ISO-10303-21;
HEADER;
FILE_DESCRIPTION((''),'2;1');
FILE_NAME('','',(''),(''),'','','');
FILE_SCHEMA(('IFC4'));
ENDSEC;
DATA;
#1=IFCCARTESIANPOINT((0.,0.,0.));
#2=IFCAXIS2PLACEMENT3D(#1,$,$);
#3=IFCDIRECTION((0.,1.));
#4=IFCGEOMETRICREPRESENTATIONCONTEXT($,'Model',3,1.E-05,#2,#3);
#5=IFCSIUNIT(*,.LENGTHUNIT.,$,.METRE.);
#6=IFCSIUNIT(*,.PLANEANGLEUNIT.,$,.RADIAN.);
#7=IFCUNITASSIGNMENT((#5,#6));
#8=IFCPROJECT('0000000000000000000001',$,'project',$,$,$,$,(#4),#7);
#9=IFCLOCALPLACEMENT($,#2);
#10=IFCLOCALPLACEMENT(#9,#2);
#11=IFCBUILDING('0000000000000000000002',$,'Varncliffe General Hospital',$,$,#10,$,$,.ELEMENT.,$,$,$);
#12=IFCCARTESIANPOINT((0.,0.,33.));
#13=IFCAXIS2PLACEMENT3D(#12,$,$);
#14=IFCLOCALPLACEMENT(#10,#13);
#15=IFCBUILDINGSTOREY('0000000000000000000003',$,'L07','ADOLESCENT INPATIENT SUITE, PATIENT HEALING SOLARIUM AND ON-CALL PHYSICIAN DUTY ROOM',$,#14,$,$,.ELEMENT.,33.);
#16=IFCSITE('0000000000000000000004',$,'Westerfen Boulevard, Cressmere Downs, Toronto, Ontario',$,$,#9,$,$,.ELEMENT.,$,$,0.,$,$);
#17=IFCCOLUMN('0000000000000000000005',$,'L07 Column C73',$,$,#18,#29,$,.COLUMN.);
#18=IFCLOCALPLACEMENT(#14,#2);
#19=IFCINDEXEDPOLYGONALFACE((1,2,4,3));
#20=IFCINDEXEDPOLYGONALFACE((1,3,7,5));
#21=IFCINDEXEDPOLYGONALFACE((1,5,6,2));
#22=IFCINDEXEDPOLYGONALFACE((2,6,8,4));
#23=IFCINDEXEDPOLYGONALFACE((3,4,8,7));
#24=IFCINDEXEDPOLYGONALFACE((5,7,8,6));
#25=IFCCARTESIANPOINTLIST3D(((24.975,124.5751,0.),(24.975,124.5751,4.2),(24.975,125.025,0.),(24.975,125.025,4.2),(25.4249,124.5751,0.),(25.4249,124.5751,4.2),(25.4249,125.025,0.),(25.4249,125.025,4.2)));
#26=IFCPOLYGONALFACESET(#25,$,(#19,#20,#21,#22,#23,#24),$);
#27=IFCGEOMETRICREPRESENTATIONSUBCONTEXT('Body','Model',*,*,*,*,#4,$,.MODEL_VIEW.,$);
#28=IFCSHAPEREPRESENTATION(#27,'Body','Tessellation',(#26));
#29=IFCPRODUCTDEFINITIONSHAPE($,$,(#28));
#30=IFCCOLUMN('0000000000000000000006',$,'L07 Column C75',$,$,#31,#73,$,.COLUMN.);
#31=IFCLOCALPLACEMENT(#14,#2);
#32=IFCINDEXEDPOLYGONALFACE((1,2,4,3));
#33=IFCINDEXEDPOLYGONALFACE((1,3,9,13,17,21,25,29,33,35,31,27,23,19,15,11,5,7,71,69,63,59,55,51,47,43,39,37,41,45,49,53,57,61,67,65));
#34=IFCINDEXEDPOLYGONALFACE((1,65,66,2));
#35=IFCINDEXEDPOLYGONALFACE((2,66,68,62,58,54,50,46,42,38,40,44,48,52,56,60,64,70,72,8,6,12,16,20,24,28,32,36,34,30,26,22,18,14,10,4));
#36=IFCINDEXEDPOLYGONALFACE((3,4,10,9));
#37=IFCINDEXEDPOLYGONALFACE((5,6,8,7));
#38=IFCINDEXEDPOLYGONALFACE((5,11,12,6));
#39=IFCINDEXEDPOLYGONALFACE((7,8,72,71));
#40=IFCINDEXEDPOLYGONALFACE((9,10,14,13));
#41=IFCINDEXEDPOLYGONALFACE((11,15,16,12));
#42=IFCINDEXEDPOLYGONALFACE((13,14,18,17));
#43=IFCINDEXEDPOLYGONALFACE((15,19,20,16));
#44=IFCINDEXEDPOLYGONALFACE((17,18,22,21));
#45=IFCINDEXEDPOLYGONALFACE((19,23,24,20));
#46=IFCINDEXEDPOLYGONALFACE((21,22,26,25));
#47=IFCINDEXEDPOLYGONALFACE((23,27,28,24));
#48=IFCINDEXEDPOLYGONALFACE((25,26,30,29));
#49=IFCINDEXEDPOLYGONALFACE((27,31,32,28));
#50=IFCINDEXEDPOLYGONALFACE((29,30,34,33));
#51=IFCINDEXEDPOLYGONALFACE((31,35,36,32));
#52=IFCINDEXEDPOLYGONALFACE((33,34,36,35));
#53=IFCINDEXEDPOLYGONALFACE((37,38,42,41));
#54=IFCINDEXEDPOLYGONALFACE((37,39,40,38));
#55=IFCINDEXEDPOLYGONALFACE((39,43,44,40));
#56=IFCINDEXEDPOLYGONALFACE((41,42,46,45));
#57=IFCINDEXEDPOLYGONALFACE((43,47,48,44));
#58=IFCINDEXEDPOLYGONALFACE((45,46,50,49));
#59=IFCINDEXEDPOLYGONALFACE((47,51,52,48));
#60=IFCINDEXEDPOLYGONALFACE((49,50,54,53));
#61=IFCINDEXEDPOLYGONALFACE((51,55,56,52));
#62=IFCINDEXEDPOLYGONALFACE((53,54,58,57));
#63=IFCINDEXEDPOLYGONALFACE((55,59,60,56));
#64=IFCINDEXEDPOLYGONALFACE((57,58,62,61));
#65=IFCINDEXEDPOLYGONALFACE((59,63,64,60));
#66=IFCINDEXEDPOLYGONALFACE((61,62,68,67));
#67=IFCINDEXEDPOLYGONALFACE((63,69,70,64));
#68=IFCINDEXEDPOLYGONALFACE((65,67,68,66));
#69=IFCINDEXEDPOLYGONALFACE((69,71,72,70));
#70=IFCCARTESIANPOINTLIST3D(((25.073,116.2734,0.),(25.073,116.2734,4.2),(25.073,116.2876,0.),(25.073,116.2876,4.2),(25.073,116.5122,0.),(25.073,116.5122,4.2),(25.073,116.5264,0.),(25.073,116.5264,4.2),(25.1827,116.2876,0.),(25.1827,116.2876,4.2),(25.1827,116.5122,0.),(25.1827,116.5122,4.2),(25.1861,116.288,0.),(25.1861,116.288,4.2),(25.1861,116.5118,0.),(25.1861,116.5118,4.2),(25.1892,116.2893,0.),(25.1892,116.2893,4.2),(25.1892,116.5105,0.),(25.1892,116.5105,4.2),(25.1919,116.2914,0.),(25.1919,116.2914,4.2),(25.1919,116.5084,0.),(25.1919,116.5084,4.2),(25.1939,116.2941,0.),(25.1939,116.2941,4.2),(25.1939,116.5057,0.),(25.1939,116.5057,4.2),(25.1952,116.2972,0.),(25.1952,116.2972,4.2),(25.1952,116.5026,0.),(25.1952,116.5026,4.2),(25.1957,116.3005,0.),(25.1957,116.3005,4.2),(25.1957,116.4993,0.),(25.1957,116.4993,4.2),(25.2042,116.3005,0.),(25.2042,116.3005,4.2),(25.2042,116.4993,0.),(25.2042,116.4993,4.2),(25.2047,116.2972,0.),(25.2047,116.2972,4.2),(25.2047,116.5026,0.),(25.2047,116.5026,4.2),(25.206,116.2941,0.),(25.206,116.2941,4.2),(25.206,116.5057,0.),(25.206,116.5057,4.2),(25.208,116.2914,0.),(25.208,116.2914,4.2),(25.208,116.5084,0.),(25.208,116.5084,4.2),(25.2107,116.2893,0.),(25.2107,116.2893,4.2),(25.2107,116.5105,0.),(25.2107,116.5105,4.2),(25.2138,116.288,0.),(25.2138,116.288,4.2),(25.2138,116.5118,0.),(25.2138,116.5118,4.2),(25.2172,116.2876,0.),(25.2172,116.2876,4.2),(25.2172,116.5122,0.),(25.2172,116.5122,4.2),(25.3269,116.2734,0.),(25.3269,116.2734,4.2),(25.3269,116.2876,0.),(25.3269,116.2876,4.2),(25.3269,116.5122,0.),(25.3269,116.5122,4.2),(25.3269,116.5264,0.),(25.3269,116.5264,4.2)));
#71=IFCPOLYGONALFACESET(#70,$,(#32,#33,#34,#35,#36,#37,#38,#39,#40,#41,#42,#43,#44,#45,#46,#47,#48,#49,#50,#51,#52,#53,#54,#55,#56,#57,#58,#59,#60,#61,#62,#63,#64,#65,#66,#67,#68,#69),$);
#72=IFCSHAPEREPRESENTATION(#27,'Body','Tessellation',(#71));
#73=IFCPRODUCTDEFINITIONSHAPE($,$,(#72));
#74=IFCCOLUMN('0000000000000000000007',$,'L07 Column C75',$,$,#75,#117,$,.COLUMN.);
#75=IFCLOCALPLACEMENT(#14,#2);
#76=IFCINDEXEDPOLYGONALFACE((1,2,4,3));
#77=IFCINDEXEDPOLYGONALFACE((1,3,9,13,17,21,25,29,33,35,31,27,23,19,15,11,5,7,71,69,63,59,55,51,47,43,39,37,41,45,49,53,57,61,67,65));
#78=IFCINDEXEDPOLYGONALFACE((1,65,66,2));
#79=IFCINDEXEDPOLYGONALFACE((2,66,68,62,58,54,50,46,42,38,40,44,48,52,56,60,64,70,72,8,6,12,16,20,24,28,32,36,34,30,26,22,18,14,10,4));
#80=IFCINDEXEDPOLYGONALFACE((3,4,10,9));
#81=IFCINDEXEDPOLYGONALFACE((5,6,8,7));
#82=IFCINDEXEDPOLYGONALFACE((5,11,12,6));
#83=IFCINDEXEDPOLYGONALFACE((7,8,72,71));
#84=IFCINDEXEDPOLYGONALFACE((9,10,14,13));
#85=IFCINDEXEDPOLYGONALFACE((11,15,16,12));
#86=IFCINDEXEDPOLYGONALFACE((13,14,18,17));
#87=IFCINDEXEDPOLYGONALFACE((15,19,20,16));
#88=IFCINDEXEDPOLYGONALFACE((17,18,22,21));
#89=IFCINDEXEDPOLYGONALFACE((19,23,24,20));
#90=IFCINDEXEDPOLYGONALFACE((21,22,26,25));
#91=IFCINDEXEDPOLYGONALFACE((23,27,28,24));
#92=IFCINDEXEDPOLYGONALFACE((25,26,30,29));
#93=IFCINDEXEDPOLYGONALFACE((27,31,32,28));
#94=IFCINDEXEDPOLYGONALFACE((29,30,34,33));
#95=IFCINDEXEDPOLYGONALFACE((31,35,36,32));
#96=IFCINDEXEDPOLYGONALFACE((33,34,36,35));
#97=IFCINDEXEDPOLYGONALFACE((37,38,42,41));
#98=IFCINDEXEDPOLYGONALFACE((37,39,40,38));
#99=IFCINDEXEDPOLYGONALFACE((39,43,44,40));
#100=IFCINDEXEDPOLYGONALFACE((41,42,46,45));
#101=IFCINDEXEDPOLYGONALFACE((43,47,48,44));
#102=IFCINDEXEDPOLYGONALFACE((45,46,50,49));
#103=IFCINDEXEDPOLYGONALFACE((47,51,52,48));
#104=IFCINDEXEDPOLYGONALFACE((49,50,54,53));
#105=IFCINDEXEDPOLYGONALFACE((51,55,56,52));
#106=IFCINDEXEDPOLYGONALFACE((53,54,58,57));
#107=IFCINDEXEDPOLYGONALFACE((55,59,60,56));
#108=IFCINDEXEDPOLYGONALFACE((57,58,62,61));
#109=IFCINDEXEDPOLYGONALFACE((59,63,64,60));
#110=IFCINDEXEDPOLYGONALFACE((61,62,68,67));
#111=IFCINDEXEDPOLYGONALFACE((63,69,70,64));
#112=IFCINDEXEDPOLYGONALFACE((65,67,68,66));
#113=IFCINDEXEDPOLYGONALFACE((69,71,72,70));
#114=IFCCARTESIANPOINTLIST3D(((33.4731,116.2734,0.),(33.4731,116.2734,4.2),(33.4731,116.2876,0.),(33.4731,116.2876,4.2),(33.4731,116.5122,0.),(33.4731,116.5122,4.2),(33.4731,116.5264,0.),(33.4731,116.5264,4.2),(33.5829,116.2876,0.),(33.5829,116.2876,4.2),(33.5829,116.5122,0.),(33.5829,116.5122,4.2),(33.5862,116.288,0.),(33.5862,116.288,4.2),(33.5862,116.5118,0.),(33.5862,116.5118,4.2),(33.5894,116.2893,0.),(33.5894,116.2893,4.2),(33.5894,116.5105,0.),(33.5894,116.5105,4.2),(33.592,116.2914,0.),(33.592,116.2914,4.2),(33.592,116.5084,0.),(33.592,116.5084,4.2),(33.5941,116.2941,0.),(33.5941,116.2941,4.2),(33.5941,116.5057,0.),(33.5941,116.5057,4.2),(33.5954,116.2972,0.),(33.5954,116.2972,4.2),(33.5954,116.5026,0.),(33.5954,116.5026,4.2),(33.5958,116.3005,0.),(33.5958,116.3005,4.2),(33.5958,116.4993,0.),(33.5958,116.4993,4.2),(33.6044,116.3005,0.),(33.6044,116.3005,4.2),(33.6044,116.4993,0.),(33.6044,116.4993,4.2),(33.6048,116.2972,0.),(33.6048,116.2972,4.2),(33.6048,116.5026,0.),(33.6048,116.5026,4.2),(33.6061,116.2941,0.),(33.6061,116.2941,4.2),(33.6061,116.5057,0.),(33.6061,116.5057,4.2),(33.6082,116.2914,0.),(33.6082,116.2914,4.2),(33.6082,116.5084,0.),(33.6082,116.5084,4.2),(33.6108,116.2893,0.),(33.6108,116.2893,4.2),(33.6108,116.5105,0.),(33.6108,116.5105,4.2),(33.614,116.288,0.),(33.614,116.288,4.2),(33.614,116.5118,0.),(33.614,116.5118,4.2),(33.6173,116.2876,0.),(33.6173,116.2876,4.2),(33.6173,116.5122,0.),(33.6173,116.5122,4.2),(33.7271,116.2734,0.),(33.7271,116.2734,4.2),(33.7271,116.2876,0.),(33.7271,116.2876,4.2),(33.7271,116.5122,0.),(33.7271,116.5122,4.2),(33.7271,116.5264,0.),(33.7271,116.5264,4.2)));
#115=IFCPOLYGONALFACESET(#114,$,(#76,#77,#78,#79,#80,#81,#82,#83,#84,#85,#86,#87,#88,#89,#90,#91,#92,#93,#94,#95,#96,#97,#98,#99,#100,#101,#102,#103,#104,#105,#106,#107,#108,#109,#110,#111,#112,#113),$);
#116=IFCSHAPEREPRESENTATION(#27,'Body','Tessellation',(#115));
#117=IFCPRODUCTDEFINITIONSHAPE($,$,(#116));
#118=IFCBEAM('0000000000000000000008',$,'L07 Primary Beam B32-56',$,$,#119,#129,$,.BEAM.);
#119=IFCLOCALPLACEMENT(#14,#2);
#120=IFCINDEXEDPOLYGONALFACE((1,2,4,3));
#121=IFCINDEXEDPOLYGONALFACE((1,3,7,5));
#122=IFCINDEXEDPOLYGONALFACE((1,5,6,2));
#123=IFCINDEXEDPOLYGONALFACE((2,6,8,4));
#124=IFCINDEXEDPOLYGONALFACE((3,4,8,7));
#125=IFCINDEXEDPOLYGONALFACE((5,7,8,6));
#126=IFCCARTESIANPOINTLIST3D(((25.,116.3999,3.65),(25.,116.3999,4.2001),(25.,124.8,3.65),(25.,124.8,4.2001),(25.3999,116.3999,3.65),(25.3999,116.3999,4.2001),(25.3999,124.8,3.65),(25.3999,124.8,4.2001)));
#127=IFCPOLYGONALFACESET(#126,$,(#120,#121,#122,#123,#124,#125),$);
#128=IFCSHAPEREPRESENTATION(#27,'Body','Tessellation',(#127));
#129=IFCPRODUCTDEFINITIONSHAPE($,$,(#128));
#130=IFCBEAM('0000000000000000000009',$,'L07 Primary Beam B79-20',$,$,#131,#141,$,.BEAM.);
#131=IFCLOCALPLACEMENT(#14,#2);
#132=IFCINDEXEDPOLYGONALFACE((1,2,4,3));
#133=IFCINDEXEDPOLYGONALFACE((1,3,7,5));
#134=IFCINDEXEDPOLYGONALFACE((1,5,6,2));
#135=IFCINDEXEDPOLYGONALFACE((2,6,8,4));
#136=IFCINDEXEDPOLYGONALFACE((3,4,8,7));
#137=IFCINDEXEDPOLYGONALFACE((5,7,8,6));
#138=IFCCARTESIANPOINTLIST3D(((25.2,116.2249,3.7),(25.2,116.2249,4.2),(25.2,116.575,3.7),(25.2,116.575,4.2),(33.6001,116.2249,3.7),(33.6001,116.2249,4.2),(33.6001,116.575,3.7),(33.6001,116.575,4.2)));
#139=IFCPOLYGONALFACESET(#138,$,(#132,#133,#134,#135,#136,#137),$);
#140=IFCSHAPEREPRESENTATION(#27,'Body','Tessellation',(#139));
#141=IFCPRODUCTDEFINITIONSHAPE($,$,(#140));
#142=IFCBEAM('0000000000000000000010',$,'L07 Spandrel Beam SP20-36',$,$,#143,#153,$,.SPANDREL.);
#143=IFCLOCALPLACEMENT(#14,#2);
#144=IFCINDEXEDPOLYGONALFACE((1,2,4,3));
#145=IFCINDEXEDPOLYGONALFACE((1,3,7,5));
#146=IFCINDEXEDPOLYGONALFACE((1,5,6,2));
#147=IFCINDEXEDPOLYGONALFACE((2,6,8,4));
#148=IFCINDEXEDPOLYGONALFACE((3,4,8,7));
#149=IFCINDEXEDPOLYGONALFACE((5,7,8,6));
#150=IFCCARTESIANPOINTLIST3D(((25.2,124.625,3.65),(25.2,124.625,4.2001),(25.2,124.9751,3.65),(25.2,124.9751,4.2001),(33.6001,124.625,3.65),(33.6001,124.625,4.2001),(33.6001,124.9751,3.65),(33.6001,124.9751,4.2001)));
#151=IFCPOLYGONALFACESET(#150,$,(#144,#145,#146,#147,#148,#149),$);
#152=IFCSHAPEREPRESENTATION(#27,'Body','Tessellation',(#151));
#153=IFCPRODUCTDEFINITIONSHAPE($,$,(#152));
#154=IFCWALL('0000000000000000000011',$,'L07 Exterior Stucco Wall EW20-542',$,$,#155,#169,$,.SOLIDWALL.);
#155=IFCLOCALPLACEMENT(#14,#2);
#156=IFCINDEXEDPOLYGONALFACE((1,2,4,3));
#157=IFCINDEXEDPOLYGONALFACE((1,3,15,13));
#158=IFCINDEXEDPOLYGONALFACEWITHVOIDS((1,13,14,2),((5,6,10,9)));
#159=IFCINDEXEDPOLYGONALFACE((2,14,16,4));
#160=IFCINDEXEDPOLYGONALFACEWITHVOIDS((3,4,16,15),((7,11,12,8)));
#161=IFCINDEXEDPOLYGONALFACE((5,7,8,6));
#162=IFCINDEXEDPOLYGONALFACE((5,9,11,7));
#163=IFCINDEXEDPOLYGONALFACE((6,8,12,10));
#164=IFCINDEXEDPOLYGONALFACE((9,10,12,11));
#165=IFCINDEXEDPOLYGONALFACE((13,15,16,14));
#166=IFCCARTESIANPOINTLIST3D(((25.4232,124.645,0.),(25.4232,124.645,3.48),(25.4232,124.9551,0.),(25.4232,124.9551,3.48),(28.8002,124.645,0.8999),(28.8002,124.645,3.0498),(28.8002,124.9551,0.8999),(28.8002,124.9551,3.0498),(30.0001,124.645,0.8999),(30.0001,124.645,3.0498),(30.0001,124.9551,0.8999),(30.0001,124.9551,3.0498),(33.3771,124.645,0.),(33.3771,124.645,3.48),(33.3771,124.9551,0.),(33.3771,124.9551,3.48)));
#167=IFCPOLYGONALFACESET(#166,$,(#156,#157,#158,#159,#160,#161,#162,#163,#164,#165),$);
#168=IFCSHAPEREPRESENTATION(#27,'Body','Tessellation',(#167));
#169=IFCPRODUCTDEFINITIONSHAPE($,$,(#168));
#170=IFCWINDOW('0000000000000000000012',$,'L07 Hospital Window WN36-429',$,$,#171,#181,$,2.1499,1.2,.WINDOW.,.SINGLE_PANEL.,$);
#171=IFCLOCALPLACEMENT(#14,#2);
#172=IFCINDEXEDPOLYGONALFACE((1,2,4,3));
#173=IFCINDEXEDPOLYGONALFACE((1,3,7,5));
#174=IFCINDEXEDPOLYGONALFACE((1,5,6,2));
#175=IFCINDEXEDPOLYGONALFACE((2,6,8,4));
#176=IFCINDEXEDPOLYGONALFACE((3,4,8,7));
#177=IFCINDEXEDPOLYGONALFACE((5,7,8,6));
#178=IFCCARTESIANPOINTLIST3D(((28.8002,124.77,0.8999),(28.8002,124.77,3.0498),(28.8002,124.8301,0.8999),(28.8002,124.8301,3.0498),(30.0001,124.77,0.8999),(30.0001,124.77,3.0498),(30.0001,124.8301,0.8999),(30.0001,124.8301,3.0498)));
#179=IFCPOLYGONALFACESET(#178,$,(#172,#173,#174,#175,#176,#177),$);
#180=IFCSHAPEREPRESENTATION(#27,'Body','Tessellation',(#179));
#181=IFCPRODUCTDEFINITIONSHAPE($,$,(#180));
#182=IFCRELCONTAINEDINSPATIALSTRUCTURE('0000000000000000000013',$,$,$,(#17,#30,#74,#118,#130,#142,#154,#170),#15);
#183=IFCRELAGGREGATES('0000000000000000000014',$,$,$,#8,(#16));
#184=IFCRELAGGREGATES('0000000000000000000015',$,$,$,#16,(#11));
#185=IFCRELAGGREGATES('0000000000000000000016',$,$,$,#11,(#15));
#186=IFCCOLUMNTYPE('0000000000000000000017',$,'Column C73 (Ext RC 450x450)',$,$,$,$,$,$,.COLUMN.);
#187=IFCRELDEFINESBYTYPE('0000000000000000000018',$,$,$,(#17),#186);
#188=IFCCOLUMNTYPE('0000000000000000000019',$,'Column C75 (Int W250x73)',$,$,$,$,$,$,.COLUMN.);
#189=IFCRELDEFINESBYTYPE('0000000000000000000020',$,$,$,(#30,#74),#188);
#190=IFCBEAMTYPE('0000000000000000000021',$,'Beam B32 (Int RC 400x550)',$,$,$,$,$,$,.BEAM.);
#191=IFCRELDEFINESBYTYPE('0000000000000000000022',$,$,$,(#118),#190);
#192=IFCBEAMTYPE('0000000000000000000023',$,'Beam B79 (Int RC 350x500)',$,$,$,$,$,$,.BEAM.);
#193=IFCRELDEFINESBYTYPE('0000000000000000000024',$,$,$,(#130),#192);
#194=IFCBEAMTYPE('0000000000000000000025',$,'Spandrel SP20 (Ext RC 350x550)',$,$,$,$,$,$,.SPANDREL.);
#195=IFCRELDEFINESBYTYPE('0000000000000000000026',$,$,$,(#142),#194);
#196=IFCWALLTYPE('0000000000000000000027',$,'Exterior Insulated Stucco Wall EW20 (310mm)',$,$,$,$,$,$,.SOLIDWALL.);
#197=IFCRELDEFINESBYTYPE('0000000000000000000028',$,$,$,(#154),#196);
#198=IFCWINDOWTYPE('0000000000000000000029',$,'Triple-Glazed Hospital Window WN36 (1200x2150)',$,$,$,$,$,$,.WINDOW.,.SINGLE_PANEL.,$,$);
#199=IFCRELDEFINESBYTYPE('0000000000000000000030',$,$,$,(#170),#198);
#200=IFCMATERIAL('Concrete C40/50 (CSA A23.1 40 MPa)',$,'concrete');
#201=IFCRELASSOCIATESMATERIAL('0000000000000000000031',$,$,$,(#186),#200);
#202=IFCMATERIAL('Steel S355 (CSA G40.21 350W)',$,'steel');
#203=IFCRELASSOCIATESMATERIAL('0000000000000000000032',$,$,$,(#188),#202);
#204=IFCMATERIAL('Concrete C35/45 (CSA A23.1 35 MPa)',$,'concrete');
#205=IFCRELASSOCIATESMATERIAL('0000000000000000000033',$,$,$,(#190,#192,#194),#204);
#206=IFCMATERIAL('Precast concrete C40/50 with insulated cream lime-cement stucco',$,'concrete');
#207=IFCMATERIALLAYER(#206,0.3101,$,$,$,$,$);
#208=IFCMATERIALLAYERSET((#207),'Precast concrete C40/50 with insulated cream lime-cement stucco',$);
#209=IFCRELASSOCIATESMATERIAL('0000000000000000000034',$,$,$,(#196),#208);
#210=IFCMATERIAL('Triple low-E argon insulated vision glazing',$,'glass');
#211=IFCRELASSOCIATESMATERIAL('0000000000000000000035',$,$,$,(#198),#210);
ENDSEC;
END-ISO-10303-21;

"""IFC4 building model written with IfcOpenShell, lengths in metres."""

from ifc_helpers import new_model, si_unit, direction, frame, frame_2d, origin, origin_2d, place, context, subcontext, project, spatial, rectangle, i_section, extrude, material, layer, layer_set, material_profile, profile_set, type_object, element, fill, save


model = new_model("IFC4")

# Units and contexts
model_context = context("Model", 3, precision=1e-05, world=origin(), true_north=direction((0.0, 1.0)))
body_context = subcontext(model_context, "Body", "Model", "MODEL_VIEW")
ifc_project = project(units=[si_unit("LENGTHUNIT", "METRE"), si_unit("PLANEANGLEUNIT", "RADIAN")], contexts=[model_context])

# Site, building, storey
site_placement = place(None, origin())
site = spatial("IfcSite", under=ifc_project, at=site_placement, Name="Westerfen Boulevard, Cressmere Downs, Toronto, Ontario", CompositionType="ELEMENT", RefElevation=0.0)
building_placement = place(site_placement, origin())
building = spatial("IfcBuilding", under=site, at=building_placement, Name="Varncliffe General Hospital", CompositionType="ELEMENT")
storey_placement = place(building_placement, frame((0.0, 0.0, 33.0)))
storey = spatial("IfcBuildingStorey", under=building, at=storey_placement, Name="L07", Description="ADOLESCENT INPATIENT SUITE, PATIENT HEALING SOLARIUM AND ON-CALL PHYSICIAN DUTY ROOM", CompositionType="ELEMENT", Elevation=33.0)

# Columns
ifc_material_1 = material(Name="Concrete C40/50 (CSA A23.1 40 MPa)", Category="concrete")
ifc_material_profile_1 = material_profile(ifc_material_1, rectangle(XDim=0.45, YDim=0.45, at=origin_2d()), Name="RC 450x450")
ifc_profile_set_1 = profile_set([ifc_material_profile_1], Name="Concrete C40/50 (CSA A23.1 40 MPa)")
column_type_1 = type_object("IfcColumnType", Name="Column C73 (Ext RC 450x450)", PredefinedType="COLUMN", material=ifc_profile_set_1)
column_placement = place(storey_placement, frame((25.2, 124.8, 0.0), z_axis=(0.0, 0.0, 1.0), x_axis=(1.0, 0.0, 0.0)))
element("IfcColumn", 1, at=column_placement, inside=storey, type_object=column_type_1, Name="L07 Column C73", PredefinedType="COLUMN", context=body_context, shape_type="SweptSolid", body=[
    extrude(rectangle(XDim=0.45, YDim=0.45, at=origin_2d()), origin(), (0.0, 0.0, 1.0), 4.2),
])
ifc_material_2 = material(Name="Steel S355 (CSA G40.21 350W)", Category="steel")
ifc_material_profile_2 = material_profile(ifc_material_2, i_section(OverallWidth=0.2539, OverallDepth=0.2529, WebThickness=0.0085, FlangeThickness=0.0142, FilletRadius=0.0129, at=origin_2d()), Name="W250x73")
ifc_profile_set_2 = profile_set([ifc_material_profile_2], Name="Steel S355 (CSA G40.21 350W)")
column_type_2 = type_object("IfcColumnType", Name="Column C75 (Int W250x73)", PredefinedType="COLUMN", material=ifc_profile_set_2)
for number, where, z_axis, x_axis, name in (
    (2, (25.2, 116.3999, 0.0), (0.0, 0.0, 1.0), (1.0, 0.0, 0.0), "L07 Column C75"),
    (3, (33.6001, 116.3999, 0.0), (0.0, 0.0, 1.0), (1.0, 0.0, 0.0), "L07 Column C75"),
):
    element("IfcColumn", number, at=place(storey_placement, frame(where, z_axis=z_axis, x_axis=x_axis)), inside=storey, type_object=column_type_2, Name=name, PredefinedType="COLUMN", context=body_context, shape_type="SweptSolid", body=[
        extrude(i_section(OverallWidth=0.2539, OverallDepth=0.2529, WebThickness=0.0085, FlangeThickness=0.0142, FilletRadius=0.0129, at=origin_2d()), origin(), (0.0, 0.0, 1.0), 4.2),
    ])

# Beams
ifc_material_3 = material(Name="Concrete C35/45 (CSA A23.1 35 MPa)", Category="concrete")
ifc_material_profile_3 = material_profile(ifc_material_3, rectangle(XDim=0.3999, YDim=0.55, at=origin_2d()), Name="RC 400x550")
ifc_profile_set_3 = profile_set([ifc_material_profile_3], Name="Concrete C35/45 (CSA A23.1 35 MPa)")
beam_type_1 = type_object("IfcBeamType", Name="Beam B32 (Int RC 400x550)", PredefinedType="BEAM", material=ifc_profile_set_3)
beam_1_placement = place(storey_placement, frame((25.2, 116.3999, 3.925), z_axis=(0.0, 1.0, 0.0), x_axis=(-1.0, 0.0, 0.0)))
element("IfcBeam", 4, at=beam_1_placement, inside=storey, type_object=beam_type_1, Name="L07 Primary Beam B32-56", PredefinedType="BEAM", context=body_context, shape_type="SweptSolid", body=[
    extrude(rectangle(XDim=0.3999, YDim=0.55, at=origin_2d()), origin(), (0.0, 0.0, 1.0), 8.4001),
])
ifc_material_profile_4 = material_profile(ifc_material_3, rectangle(XDim=0.3501, YDim=0.5, at=origin_2d()), Name="RC 350x500")
ifc_profile_set_4 = profile_set([ifc_material_profile_4], Name="Concrete C35/45 (CSA A23.1 35 MPa)")
beam_type_2 = type_object("IfcBeamType", Name="Beam B79 (Int RC 350x500)", PredefinedType="BEAM", material=ifc_profile_set_4)
beam_2_placement = place(storey_placement, frame((25.2, 116.3999, 3.95), z_axis=(1.0, 0.0, 0.0), x_axis=(0.0, 1.0, 0.0)))
element("IfcBeam", 5, at=beam_2_placement, inside=storey, type_object=beam_type_2, Name="L07 Primary Beam B79-20", PredefinedType="BEAM", context=body_context, shape_type="SweptSolid", body=[
    extrude(rectangle(XDim=0.3501, YDim=0.5, at=origin_2d()), origin(), (0.0, 0.0, 1.0), 8.4001),
])
ifc_material_profile_5 = material_profile(ifc_material_3, rectangle(XDim=0.3501, YDim=0.55, at=origin_2d()), Name="RC 350x550")
ifc_profile_set_5 = profile_set([ifc_material_profile_5], Name="Concrete C35/45 (CSA A23.1 35 MPa)")
beam_type_3 = type_object("IfcBeamType", Name="Spandrel SP20 (Ext RC 350x550)", PredefinedType="SPANDREL", material=ifc_profile_set_5)
beam_3_placement = place(storey_placement, frame((25.2, 124.8, 3.925), z_axis=(1.0, 0.0, 0.0), x_axis=(0.0, 1.0, 0.0)))
element("IfcBeam", 6, at=beam_3_placement, inside=storey, type_object=beam_type_3, Name="L07 Spandrel Beam SP20-36", PredefinedType="SPANDREL", context=body_context, shape_type="SweptSolid", body=[
    extrude(rectangle(XDim=0.3501, YDim=0.55, at=origin_2d()), origin(), (0.0, 0.0, 1.0), 8.4001),
])

# Wall, opening, window
ifc_material_4 = material(Name="Precast concrete C40/50 with insulated cream lime-cement stucco", Category="concrete")
ifc_layer_1 = layer(ifc_material_4, 0.3101)
ifc_layer_set_1 = layer_set([ifc_layer_1], Name="Precast concrete C40/50 with insulated cream lime-cement stucco")
wall_type_1 = type_object("IfcWallType", Name="Exterior Insulated Stucco Wall EW20 (310mm)", PredefinedType="SOLIDWALL", material=ifc_layer_set_1)
wall_1_placement = place(storey_placement, frame((25.4231, 124.8, 0.0), z_axis=(0.0, 0.0, 1.0), x_axis=(1.0, 0.0, 0.0)))
wall_1 = element("IfcWall", 7, at=wall_1_placement, inside=storey, type_object=wall_type_1, Name="L07 Exterior Stucco Wall EW20-542", PredefinedType="SOLIDWALL", context=body_context, shape_type="SweptSolid", body=[
    extrude(rectangle(XDim=7.9539, YDim=0.3101, at=frame_2d((3.9771, 0.0))), origin(), (0.0, 0.0, 1.0), 3.48),
])
opening_1_placement = place(wall_1_placement, frame((3.377, 0.0, 0.8999)))
opening_1 = element("IfcOpeningElement", 8, at=opening_1_placement, cuts=wall_1, PredefinedType="OPENING", context=body_context, shape_type="SweptSolid", body=[
    extrude(rectangle(XDim=1.2, YDim=2.1499, at=frame_2d((0.6001, 1.075))), frame((0.0, 0.165, 0.0), z_axis=(0.0, -1.0, 0.0), x_axis=(1.0, 0.0, 0.0)), (0.0, 0.0, 1.0), 0.3301),
])
ifc_material_5 = material(Name="Triple low-E argon insulated vision glazing", Category="glass")
window_type_1 = type_object("IfcWindowType", Name="Triple-Glazed Hospital Window WN36 (1200x2150)", PartitioningType="SINGLE_PANEL", PredefinedType="WINDOW", material=ifc_material_5)
window_1_placement = place(opening_1_placement, origin())
window_1 = element("IfcWindow", 9, at=window_1_placement, inside=storey, type_object=window_type_1, Name="L07 Hospital Window WN36-429", OverallHeight=2.1499, OverallWidth=1.2, PartitioningType="SINGLE_PANEL", PredefinedType="WINDOW", context=body_context, shape_type="SweptSolid", body=[
    extrude(rectangle(XDim=1.2, YDim=2.1499, at=frame_2d((0.6001, 1.075))), frame((0.0, 0.03, 0.0), z_axis=(0.0, -1.0, 0.0), x_axis=(1.0, 0.0, 0.0)), (0.0, 0.0, 1.0), 0.0601),
])
fill(opening_1, window_1)

save(model, "model.ifc")
